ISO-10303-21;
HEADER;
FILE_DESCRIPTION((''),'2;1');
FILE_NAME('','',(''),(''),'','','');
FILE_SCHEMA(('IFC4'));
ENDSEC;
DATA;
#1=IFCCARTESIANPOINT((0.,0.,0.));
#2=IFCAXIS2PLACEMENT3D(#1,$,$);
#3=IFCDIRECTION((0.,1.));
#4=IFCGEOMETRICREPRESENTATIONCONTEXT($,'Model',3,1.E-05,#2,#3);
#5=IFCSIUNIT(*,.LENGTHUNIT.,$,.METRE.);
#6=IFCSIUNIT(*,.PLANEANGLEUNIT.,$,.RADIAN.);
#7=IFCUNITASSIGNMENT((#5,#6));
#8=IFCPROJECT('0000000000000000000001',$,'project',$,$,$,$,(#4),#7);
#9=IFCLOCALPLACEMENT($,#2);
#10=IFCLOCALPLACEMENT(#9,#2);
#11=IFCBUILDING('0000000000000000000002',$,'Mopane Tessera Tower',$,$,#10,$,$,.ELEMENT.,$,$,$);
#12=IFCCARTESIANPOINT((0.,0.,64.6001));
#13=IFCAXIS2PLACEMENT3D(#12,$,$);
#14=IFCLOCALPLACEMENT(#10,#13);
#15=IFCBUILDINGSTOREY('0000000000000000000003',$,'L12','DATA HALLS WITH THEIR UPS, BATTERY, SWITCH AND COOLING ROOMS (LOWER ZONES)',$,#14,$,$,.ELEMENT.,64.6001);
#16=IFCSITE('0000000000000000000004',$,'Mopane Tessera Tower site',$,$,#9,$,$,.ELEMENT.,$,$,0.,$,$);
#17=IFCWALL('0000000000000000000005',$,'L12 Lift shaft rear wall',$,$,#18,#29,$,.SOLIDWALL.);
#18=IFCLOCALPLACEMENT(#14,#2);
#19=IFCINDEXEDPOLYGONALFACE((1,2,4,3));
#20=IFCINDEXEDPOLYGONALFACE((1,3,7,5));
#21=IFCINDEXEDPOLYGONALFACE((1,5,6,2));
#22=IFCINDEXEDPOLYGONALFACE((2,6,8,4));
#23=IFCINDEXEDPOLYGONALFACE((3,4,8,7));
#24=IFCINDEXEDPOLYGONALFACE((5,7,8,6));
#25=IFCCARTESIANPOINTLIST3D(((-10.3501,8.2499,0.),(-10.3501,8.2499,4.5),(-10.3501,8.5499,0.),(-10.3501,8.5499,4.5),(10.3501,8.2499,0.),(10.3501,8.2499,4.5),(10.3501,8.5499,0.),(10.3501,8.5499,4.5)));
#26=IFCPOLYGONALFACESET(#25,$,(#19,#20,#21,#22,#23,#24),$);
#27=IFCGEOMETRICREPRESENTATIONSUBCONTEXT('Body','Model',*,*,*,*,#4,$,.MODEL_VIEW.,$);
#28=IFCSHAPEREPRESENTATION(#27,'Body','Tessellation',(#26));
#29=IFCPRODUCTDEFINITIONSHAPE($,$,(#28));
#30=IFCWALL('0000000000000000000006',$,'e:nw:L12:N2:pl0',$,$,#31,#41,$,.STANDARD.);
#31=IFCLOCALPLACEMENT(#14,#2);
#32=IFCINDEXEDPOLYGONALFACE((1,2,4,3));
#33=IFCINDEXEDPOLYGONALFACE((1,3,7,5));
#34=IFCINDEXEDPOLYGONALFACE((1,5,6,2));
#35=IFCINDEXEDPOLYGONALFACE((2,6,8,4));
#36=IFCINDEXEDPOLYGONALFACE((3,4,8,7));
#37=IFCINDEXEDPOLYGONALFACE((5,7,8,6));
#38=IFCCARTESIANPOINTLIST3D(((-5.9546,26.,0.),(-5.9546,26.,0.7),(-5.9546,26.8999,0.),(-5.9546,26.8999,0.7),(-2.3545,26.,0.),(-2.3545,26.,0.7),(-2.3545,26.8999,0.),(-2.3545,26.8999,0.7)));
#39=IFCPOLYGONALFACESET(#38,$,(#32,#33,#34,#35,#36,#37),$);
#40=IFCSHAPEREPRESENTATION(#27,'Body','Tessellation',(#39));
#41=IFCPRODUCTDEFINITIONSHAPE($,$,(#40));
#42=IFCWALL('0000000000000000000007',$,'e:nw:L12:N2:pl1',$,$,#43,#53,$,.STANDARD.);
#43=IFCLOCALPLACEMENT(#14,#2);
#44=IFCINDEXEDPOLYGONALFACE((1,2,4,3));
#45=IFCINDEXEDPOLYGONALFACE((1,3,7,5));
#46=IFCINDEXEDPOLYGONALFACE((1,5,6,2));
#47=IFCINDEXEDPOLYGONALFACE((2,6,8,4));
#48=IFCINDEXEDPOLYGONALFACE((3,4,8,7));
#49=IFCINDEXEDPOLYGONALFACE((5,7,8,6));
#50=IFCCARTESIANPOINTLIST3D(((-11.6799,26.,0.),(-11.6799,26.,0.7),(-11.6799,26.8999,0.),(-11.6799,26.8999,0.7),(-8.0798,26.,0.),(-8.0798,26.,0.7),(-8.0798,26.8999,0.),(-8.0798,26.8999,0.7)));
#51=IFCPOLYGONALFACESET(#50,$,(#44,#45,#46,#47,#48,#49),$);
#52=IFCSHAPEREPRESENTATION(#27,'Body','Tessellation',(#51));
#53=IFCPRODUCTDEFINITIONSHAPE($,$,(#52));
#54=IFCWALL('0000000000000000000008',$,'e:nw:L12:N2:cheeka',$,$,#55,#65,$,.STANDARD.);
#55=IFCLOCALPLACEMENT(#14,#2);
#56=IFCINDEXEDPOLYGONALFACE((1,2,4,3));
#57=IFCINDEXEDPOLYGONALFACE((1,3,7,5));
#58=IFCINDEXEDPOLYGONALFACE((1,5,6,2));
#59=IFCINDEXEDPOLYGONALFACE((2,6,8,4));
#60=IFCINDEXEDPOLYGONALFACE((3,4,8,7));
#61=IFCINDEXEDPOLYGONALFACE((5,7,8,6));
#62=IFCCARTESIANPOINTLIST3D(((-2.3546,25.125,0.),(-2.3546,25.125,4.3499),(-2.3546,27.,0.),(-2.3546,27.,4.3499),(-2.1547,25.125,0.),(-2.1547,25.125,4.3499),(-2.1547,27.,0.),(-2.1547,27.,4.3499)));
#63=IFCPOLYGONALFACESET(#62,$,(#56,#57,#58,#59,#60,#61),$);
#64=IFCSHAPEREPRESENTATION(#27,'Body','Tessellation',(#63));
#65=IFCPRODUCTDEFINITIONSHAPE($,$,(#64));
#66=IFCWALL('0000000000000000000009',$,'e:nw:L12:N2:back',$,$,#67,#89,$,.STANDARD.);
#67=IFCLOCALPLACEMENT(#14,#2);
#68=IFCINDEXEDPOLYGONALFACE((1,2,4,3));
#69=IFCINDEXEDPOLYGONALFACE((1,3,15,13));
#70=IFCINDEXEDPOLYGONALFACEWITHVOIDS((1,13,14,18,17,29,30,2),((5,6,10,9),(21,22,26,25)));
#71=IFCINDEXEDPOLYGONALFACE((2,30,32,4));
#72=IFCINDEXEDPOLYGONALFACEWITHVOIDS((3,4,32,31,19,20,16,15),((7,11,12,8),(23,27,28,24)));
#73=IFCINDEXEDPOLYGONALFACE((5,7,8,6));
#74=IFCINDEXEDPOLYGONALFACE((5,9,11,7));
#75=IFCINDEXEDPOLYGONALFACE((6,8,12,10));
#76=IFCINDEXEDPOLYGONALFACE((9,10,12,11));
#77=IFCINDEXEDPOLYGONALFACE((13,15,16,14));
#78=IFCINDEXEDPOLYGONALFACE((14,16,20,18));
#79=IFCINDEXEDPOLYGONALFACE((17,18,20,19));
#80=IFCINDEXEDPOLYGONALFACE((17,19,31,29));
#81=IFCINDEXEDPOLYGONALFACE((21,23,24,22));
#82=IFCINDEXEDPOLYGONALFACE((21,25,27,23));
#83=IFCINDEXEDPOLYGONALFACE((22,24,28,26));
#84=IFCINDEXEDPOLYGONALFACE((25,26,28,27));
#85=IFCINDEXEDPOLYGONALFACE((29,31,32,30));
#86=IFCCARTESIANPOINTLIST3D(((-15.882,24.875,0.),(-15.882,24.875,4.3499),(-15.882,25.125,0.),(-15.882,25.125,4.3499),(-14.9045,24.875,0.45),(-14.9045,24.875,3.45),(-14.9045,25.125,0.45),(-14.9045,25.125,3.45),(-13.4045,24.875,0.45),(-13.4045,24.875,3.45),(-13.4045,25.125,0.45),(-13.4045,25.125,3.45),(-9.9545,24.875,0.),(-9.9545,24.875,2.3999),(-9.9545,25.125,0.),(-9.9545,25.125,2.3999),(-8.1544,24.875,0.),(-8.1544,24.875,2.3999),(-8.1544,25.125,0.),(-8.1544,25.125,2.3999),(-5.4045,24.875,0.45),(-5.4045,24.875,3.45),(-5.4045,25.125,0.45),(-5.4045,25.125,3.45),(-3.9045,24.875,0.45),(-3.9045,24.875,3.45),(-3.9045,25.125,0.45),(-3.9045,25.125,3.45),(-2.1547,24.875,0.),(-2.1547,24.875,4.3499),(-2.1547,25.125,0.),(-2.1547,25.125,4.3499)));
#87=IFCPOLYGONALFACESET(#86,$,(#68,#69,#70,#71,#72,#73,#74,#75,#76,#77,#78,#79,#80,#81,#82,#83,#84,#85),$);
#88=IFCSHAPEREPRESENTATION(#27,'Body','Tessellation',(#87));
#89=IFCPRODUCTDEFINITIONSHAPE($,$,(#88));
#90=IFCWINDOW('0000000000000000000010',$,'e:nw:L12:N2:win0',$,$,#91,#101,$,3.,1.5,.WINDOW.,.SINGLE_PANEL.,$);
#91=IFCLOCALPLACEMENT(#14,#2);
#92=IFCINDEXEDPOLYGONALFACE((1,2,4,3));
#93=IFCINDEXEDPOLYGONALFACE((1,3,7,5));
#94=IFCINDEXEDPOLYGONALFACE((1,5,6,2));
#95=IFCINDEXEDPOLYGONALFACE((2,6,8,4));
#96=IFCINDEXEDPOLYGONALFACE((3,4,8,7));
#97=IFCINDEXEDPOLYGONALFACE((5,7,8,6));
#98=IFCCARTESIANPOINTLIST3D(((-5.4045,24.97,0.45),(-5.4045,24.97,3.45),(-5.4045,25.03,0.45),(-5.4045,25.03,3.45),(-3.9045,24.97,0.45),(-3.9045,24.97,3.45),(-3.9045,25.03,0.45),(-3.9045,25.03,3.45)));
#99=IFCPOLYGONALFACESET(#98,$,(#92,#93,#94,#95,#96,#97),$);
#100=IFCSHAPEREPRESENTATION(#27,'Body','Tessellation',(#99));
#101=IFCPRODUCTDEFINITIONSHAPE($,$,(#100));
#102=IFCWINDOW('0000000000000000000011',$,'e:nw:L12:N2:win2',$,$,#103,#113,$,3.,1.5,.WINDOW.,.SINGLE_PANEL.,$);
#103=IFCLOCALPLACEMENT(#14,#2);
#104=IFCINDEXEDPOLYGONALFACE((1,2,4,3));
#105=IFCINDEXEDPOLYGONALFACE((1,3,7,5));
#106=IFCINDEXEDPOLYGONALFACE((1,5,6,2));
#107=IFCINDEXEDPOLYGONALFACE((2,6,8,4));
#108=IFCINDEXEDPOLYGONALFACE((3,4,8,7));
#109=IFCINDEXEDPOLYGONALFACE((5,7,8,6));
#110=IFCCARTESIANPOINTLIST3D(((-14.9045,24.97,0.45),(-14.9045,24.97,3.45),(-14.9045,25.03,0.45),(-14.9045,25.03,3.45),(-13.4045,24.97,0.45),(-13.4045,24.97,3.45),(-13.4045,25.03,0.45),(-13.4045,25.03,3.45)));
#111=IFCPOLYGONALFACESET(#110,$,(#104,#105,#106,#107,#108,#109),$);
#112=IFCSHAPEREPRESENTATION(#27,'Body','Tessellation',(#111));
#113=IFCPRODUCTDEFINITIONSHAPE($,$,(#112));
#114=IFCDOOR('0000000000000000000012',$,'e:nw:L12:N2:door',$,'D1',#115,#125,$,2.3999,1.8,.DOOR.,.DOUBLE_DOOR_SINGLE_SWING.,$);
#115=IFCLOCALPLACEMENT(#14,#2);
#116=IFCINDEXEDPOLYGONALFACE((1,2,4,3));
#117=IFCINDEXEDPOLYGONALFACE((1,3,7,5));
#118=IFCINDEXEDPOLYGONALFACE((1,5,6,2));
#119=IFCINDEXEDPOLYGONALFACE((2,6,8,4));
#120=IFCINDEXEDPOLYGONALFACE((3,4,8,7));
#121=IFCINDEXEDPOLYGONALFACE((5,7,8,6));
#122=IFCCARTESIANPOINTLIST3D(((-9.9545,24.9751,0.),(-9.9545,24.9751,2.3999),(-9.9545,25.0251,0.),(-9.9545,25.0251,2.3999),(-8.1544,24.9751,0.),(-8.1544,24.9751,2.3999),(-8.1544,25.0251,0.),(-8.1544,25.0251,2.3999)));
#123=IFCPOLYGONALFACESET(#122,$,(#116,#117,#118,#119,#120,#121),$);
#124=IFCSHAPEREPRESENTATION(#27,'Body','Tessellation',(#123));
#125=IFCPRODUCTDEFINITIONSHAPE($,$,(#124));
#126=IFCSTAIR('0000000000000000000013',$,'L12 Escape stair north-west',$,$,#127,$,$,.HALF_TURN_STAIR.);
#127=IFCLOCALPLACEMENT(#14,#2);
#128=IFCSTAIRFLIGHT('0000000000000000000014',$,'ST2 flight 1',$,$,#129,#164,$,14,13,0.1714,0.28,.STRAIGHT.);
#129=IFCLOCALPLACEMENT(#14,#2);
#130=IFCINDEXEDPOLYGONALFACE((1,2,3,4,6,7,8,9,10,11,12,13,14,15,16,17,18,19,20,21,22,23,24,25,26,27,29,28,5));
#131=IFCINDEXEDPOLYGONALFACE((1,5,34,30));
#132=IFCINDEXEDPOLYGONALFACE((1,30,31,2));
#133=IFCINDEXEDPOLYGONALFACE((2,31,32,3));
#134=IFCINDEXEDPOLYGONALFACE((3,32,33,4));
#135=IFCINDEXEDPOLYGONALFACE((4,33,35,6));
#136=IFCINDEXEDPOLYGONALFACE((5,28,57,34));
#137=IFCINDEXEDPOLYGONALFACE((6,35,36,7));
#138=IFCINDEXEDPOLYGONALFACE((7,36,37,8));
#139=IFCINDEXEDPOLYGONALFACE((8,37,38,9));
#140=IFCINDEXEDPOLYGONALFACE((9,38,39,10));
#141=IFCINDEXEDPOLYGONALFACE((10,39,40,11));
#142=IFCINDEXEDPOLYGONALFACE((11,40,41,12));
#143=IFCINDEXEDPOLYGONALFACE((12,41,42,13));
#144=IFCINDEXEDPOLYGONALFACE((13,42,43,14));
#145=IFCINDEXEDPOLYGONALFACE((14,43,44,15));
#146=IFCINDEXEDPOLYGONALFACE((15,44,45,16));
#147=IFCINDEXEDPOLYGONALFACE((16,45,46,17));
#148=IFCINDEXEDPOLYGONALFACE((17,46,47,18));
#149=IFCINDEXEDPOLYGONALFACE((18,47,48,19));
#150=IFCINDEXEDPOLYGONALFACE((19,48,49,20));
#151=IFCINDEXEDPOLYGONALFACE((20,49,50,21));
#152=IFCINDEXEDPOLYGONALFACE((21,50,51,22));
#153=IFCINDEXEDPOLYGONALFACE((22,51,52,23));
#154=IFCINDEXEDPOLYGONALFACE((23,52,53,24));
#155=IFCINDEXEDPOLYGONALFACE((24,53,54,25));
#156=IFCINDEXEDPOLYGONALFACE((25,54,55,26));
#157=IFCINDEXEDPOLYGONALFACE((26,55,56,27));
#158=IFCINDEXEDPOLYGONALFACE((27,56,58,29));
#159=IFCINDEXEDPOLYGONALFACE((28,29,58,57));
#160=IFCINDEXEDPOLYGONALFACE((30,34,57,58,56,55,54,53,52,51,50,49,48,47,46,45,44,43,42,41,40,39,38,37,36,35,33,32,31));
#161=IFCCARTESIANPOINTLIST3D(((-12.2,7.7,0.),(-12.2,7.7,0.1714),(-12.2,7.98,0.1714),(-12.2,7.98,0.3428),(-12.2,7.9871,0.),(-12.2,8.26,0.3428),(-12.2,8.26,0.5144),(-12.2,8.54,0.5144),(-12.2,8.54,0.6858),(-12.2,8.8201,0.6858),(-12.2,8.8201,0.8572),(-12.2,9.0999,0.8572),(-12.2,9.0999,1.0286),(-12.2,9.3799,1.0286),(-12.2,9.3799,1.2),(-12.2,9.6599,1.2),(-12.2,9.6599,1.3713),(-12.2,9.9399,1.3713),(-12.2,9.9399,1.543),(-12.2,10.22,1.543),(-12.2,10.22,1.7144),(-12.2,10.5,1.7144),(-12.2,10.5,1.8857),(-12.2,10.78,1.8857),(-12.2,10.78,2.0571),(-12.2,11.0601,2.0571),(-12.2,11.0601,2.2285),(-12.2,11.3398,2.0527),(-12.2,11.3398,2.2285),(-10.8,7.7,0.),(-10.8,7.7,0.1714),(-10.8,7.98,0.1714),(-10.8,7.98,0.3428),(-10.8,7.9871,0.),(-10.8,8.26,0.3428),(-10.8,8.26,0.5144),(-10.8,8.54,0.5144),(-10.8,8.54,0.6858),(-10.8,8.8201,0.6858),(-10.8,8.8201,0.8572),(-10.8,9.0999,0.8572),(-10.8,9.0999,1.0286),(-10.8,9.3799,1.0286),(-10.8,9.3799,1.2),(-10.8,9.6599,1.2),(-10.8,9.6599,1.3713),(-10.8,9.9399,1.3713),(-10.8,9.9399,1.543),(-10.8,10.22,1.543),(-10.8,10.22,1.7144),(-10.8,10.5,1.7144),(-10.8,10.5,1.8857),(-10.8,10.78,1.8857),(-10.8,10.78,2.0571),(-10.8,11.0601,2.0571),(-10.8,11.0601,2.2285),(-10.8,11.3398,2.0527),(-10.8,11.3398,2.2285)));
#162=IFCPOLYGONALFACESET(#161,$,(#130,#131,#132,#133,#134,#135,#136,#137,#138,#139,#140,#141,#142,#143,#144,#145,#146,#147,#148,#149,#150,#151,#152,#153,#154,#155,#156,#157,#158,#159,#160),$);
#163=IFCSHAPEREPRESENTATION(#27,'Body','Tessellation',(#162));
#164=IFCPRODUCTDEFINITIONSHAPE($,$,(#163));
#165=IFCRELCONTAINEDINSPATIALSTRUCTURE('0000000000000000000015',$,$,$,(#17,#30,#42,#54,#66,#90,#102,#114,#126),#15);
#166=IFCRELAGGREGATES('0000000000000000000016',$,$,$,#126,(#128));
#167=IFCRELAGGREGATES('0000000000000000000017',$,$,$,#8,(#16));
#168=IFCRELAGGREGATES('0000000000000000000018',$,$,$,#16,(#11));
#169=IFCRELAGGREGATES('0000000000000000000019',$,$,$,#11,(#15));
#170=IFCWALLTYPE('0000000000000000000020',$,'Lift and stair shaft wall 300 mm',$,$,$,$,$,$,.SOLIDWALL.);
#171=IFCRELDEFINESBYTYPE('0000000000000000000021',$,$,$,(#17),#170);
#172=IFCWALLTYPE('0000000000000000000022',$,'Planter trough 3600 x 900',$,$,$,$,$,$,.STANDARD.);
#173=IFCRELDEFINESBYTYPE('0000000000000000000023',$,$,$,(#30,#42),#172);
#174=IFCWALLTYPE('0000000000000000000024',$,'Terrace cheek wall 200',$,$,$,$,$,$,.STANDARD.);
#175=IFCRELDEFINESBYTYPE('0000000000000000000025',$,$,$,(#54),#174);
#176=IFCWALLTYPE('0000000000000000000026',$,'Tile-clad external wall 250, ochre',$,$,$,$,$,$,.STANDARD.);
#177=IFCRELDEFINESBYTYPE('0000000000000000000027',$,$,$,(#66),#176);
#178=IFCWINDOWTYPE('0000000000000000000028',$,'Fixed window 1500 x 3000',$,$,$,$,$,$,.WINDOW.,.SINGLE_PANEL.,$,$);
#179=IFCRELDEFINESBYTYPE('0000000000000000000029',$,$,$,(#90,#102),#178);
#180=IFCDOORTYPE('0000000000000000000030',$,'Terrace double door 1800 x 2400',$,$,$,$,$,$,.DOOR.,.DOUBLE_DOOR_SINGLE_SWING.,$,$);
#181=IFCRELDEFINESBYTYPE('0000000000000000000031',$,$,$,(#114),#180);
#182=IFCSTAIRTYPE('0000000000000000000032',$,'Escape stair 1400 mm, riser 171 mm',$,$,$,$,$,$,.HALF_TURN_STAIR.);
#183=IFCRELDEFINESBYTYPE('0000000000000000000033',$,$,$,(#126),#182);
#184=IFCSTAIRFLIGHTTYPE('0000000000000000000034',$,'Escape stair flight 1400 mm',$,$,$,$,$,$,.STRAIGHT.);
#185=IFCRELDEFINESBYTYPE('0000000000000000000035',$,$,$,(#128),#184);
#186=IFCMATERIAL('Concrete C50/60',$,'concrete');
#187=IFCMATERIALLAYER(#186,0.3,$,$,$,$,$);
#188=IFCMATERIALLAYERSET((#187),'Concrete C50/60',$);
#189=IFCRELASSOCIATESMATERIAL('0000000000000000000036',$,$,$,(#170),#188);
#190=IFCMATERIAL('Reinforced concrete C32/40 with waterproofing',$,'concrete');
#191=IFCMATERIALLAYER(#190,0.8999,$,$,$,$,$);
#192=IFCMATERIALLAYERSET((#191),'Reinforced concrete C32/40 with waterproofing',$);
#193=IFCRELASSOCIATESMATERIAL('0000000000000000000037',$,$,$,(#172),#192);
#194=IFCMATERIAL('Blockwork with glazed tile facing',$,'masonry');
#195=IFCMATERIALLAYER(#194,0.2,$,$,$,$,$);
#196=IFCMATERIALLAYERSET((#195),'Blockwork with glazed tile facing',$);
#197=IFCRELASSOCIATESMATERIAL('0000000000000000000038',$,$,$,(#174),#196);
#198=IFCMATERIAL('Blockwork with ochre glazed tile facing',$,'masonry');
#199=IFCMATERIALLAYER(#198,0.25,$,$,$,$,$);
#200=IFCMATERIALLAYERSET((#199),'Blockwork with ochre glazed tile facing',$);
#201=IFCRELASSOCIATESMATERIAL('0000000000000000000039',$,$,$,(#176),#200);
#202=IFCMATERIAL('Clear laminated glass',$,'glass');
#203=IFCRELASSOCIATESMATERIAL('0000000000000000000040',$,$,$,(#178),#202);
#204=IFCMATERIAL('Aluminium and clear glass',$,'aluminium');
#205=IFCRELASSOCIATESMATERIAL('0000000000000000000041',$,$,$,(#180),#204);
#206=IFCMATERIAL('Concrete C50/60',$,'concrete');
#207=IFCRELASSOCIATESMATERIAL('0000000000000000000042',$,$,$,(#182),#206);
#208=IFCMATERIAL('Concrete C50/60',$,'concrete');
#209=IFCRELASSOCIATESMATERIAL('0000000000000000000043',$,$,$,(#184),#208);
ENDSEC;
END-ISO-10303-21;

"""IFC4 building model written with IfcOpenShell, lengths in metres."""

from ifc_helpers import new_model, si_unit, direction, frame, frame_2d, origin, place, context, subcontext, project, spatial, polyline, rectangle, outline, extrude, material, layer, layer_set, type_object, element, fill, aggregate, save


model = new_model("IFC4")

# Units and contexts
model_context = context("Model", 3, precision=1e-05, world=origin(), true_north=direction((0.0, 1.0)))
body_context = subcontext(model_context, "Body", "Model", "MODEL_VIEW")
ifc_project = project(units=[si_unit("LENGTHUNIT", "METRE"), si_unit("PLANEANGLEUNIT", "RADIAN")], contexts=[model_context])

# Site, building, storey
site_placement = place(None, origin())
site = spatial("IfcSite", under=ifc_project, at=site_placement, Name="Mopane Tessera Tower site", CompositionType="ELEMENT", RefElevation=0.0)
building_placement = place(site_placement, origin())
building = spatial("IfcBuilding", under=site, at=building_placement, Name="Mopane Tessera Tower", CompositionType="ELEMENT")
storey_placement = place(building_placement, frame((0.0, 0.0, 64.6001)))
storey = spatial("IfcBuildingStorey", under=building, at=storey_placement, Name="L12", Description="DATA HALLS WITH THEIR UPS, BATTERY, SWITCH AND COOLING ROOMS (LOWER ZONES)", CompositionType="ELEMENT", Elevation=64.6001)

# Walls
ifc_material_1 = material(Name="Concrete C50/60", Category="concrete")
ifc_layer_1 = layer(ifc_material_1, 0.3)
ifc_layer_set_1 = layer_set([ifc_layer_1], Name="Concrete C50/60")
wall_type_1 = type_object("IfcWallType", Name="Lift and stair shaft wall 300 mm", PredefinedType="SOLIDWALL", material=ifc_layer_set_1)
wall_1_placement = place(storey_placement, frame((-10.3501, 8.3999, 0.0), z_axis=(0.0, 0.0, 1.0), x_axis=(1.0, 0.0, 0.0)))
element("IfcWall", 1, at=wall_1_placement, inside=storey, type_object=wall_type_1, Name="L12 Lift shaft rear wall", PredefinedType="SOLIDWALL", context=body_context, shape_type="SweptSolid", body=[
    extrude(rectangle(XDim=20.7002, YDim=0.3, at=frame_2d((10.3501, 0.0))), origin(), (0.0, 0.0, 1.0), 4.5),
])
ifc_material_2 = material(Name="Reinforced concrete C32/40 with waterproofing", Category="concrete")
ifc_layer_2 = layer(ifc_material_2, 0.8999)
ifc_layer_set_2 = layer_set([ifc_layer_2], Name="Reinforced concrete C32/40 with waterproofing")
wall_type_2 = type_object("IfcWallType", Name="Planter trough 3600 x 900", PredefinedType="STANDARD", material=ifc_layer_set_2)
for number, where, z_axis, x_axis, name in (
    (2, (-2.3545, 26.45, 0.0), (0.0, 0.0, 1.0), (-1.0, 0.0, 0.0), "e:nw:L12:N2:pl0"),
    (3, (-8.0798, 26.45, 0.0), (0.0, 0.0, 1.0), (-1.0, 0.0, 0.0), "e:nw:L12:N2:pl1"),
):
    element("IfcWall", number, at=place(storey_placement, frame(where, z_axis=z_axis, x_axis=x_axis)), inside=storey, type_object=wall_type_2, Name=name, PredefinedType="STANDARD", context=body_context, shape_type="SweptSolid", body=[
        extrude(rectangle(XDim=3.6001, YDim=0.8999, at=frame_2d((1.8, 0.0))), origin(), (0.0, 0.0, 1.0), 0.7),
    ])
ifc_material_3 = material(Name="Blockwork with glazed tile facing", Category="masonry")
ifc_layer_3 = layer(ifc_material_3, 0.2)
ifc_layer_set_3 = layer_set([ifc_layer_3], Name="Blockwork with glazed tile facing")
wall_type_3 = type_object("IfcWallType", Name="Terrace cheek wall 200", PredefinedType="STANDARD", material=ifc_layer_set_3)
wall_2_placement = place(storey_placement, frame((-2.2546, 27.0, 0.0), z_axis=(0.0, 0.0, 1.0), x_axis=(0.0, -1.0, 0.0)))
element("IfcWall", 4, at=wall_2_placement, inside=storey, type_object=wall_type_3, Name="e:nw:L12:N2:cheeka", PredefinedType="STANDARD", context=body_context, shape_type="SweptSolid", body=[
    extrude(rectangle(XDim=1.875, YDim=0.2, at=frame_2d((0.9375, 0.0))), origin(), (0.0, 0.0, 1.0), 4.3499),
])

# Wall, openings, windows, door
ifc_material_4 = material(Name="Blockwork with ochre glazed tile facing", Category="masonry")
ifc_layer_4 = layer(ifc_material_4, 0.25)
ifc_layer_set_4 = layer_set([ifc_layer_4], Name="Blockwork with ochre glazed tile facing")
wall_type_4 = type_object("IfcWallType", Name="Tile-clad external wall 250, ochre", PredefinedType="STANDARD", material=ifc_layer_set_4)
wall_3_placement = place(storey_placement, frame((-2.1545, 25.0, 0.0), z_axis=(0.0, 0.0, 1.0), x_axis=(-1.0, 0.0, 0.0)))
wall_3 = element("IfcWall", 5, at=wall_3_placement, inside=storey, type_object=wall_type_4, Name="e:nw:L12:N2:back", PredefinedType="STANDARD", context=body_context, shape_type="SweptSolid", body=[
    extrude(rectangle(XDim=13.7273, YDim=0.25, at=frame_2d((6.8638, 0.0))), origin(), (0.0, 0.0, 1.0), 4.3499),
])
opening_1_placement = place(wall_3_placement, frame((1.75, 0.0, 0.45)))
opening_1 = element("IfcOpeningElement", 6, at=opening_1_placement, cuts=wall_3, PredefinedType="OPENING", context=body_context, shape_type="SweptSolid", body=[
    extrude(rectangle(XDim=1.5, YDim=3.0, at=frame_2d((0.75, 1.5))), frame((0.0, 0.137, 0.0), z_axis=(0.0, -1.0, 0.0), x_axis=(1.0, 0.0, 0.0)), (0.0, 0.0, 1.0), 0.2739),
])
opening_2_placement = place(wall_3_placement, frame((6.0, 0.0, 0.0)))
opening_2 = element("IfcOpeningElement", 7, at=opening_2_placement, cuts=wall_3, PredefinedType="OPENING", context=body_context, shape_type="SweptSolid", body=[
    extrude(rectangle(XDim=1.8, YDim=2.3999, at=frame_2d((0.8999, 1.2))), frame((0.0, 0.137, 0.0), z_axis=(0.0, -1.0, 0.0), x_axis=(1.0, 0.0, 0.0)), (0.0, 0.0, 1.0), 0.2739),
])
opening_3_placement = place(wall_3_placement, frame((11.25, 0.0, 0.45)))
opening_3 = element("IfcOpeningElement", 8, at=opening_3_placement, cuts=wall_3, PredefinedType="OPENING", context=body_context, shape_type="SweptSolid", body=[
    extrude(rectangle(XDim=1.5, YDim=3.0, at=frame_2d((0.75, 1.5))), frame((0.0, 0.137, 0.0), z_axis=(0.0, -1.0, 0.0), x_axis=(1.0, 0.0, 0.0)), (0.0, 0.0, 1.0), 0.2739),
])
ifc_material_5 = material(Name="Clear laminated glass", Category="glass")
window_type = type_object("IfcWindowType", Name="Fixed window 1500 x 3000", PartitioningType="SINGLE_PANEL", PredefinedType="WINDOW", material=ifc_material_5)
window_1_placement = place(opening_1_placement, origin())
window_1 = element("IfcWindow", 9, at=window_1_placement, inside=storey, type_object=window_type, Name="e:nw:L12:N2:win0", OverallHeight=3.0, OverallWidth=1.5, PartitioningType="SINGLE_PANEL", PredefinedType="WINDOW", context=body_context, shape_type="SweptSolid", body=[
    extrude(rectangle(XDim=1.5, YDim=3.0, at=frame_2d((0.75, 1.5))), frame((0.0, 0.03, 0.0), z_axis=(0.0, -1.0, 0.0), x_axis=(1.0, 0.0, 0.0)), (0.0, 0.0, 1.0), 0.0601),
])
fill(opening_1, window_1)
window_2_placement = place(opening_3_placement, origin())
window_2 = element("IfcWindow", 10, at=window_2_placement, inside=storey, type_object=window_type, Name="e:nw:L12:N2:win2", OverallHeight=3.0, OverallWidth=1.5, PartitioningType="SINGLE_PANEL", PredefinedType="WINDOW", context=body_context, shape_type="SweptSolid", body=[
    extrude(rectangle(XDim=1.5, YDim=3.0, at=frame_2d((0.75, 1.5))), frame((0.0, 0.03, 0.0), z_axis=(0.0, -1.0, 0.0), x_axis=(1.0, 0.0, 0.0)), (0.0, 0.0, 1.0), 0.0601),
])
fill(opening_3, window_2)
ifc_material_6 = material(Name="Aluminium and clear glass", Category="aluminium")
door_type = type_object("IfcDoorType", Name="Terrace double door 1800 x 2400", OperationType="DOUBLE_DOOR_SINGLE_SWING", PredefinedType="DOOR", material=ifc_material_6)
door_placement = place(opening_2_placement, origin())
door = element("IfcDoor", 11, at=door_placement, inside=storey, type_object=door_type, Name="e:nw:L12:N2:door", ObjectType="D1", OperationType="DOUBLE_DOOR_SINGLE_SWING", OverallHeight=2.3999, OverallWidth=1.8, PredefinedType="DOOR", context=body_context, shape_type="SweptSolid", body=[
    extrude(rectangle(XDim=1.8, YDim=2.3999, at=frame_2d((0.8999, 1.2))), frame((0.0, 0.0249, 0.0), z_axis=(0.0, -1.0, 0.0), x_axis=(1.0, 0.0, 0.0)), (0.0, 0.0, 1.0), 0.05),
])
fill(opening_2, door)

# Stair, stair flight
ifc_material_7 = material(Name="Concrete C50/60", Category="concrete")
stair_type = type_object("IfcStairType", Name="Escape stair 1400 mm, riser 171 mm", PredefinedType="HALF_TURN_STAIR", material=ifc_material_7)
stair_placement = place(storey_placement, origin())
stair = element("IfcStair", 12, at=stair_placement, inside=storey, type_object=stair_type, Name="L12 Escape stair north-west", PredefinedType="HALF_TURN_STAIR")
ifc_material_8 = material(Name="Concrete C50/60", Category="concrete")
stair_flight_type = type_object("IfcStairFlightType", Name="Escape stair flight 1400 mm", PredefinedType="STRAIGHT", material=ifc_material_8)
stair_flight_1_placement = place(storey_placement, frame((-11.5, 7.7, 0.0), z_axis=(0.0, 0.0, 1.0), x_axis=(0.0, 1.0, 0.0)))
stair_flight_1 = element("IfcStairFlight", 13, at=stair_flight_1_placement, type_object=stair_flight_type, Name="ST2 flight 1", NumberOfRisers=14, NumberOfTreads=13, PredefinedType="STRAIGHT", RiserHeight=0.1714, TreadLength=0.28, context=body_context, shape_type="SweptSolid", body=[
    extrude(outline(polyline([(0.0, 0.0), (0.0, 0.1714), (0.28, 0.1714), (0.28, 0.3428), (0.5601, 0.3428), (0.5601, 0.5144), (0.8401, 0.5144), (0.8401, 0.6858), (1.1201, 0.6858), (1.1201, 0.8572), (1.3999, 0.8572), (1.3999, 1.0286), (1.6799, 1.0286), (1.6799, 1.2), (1.96, 1.2), (1.96, 1.3713), (2.24, 1.3713), (2.24, 1.543), (2.52, 1.543), (2.52, 1.7144), (2.8, 1.7144), (2.8, 1.8857), (3.0801, 1.8857), (3.0801, 2.0571), (3.3601, 2.0571), (3.3601, 2.2285), (3.6399, 2.2285), (3.6399, 2.3999), (3.6399, 2.0527), (0.2871, 0.0), (0.0, 0.0)])), frame((0.0, 0.7, 0.0), z_axis=(0.0, -1.0, 0.0), x_axis=(1.0, 0.0, 0.0)), (0.0, 0.0, 1.0), 1.3999),
])
aggregate(stair, [stair_flight_1])

save(model, "model.ifc")
